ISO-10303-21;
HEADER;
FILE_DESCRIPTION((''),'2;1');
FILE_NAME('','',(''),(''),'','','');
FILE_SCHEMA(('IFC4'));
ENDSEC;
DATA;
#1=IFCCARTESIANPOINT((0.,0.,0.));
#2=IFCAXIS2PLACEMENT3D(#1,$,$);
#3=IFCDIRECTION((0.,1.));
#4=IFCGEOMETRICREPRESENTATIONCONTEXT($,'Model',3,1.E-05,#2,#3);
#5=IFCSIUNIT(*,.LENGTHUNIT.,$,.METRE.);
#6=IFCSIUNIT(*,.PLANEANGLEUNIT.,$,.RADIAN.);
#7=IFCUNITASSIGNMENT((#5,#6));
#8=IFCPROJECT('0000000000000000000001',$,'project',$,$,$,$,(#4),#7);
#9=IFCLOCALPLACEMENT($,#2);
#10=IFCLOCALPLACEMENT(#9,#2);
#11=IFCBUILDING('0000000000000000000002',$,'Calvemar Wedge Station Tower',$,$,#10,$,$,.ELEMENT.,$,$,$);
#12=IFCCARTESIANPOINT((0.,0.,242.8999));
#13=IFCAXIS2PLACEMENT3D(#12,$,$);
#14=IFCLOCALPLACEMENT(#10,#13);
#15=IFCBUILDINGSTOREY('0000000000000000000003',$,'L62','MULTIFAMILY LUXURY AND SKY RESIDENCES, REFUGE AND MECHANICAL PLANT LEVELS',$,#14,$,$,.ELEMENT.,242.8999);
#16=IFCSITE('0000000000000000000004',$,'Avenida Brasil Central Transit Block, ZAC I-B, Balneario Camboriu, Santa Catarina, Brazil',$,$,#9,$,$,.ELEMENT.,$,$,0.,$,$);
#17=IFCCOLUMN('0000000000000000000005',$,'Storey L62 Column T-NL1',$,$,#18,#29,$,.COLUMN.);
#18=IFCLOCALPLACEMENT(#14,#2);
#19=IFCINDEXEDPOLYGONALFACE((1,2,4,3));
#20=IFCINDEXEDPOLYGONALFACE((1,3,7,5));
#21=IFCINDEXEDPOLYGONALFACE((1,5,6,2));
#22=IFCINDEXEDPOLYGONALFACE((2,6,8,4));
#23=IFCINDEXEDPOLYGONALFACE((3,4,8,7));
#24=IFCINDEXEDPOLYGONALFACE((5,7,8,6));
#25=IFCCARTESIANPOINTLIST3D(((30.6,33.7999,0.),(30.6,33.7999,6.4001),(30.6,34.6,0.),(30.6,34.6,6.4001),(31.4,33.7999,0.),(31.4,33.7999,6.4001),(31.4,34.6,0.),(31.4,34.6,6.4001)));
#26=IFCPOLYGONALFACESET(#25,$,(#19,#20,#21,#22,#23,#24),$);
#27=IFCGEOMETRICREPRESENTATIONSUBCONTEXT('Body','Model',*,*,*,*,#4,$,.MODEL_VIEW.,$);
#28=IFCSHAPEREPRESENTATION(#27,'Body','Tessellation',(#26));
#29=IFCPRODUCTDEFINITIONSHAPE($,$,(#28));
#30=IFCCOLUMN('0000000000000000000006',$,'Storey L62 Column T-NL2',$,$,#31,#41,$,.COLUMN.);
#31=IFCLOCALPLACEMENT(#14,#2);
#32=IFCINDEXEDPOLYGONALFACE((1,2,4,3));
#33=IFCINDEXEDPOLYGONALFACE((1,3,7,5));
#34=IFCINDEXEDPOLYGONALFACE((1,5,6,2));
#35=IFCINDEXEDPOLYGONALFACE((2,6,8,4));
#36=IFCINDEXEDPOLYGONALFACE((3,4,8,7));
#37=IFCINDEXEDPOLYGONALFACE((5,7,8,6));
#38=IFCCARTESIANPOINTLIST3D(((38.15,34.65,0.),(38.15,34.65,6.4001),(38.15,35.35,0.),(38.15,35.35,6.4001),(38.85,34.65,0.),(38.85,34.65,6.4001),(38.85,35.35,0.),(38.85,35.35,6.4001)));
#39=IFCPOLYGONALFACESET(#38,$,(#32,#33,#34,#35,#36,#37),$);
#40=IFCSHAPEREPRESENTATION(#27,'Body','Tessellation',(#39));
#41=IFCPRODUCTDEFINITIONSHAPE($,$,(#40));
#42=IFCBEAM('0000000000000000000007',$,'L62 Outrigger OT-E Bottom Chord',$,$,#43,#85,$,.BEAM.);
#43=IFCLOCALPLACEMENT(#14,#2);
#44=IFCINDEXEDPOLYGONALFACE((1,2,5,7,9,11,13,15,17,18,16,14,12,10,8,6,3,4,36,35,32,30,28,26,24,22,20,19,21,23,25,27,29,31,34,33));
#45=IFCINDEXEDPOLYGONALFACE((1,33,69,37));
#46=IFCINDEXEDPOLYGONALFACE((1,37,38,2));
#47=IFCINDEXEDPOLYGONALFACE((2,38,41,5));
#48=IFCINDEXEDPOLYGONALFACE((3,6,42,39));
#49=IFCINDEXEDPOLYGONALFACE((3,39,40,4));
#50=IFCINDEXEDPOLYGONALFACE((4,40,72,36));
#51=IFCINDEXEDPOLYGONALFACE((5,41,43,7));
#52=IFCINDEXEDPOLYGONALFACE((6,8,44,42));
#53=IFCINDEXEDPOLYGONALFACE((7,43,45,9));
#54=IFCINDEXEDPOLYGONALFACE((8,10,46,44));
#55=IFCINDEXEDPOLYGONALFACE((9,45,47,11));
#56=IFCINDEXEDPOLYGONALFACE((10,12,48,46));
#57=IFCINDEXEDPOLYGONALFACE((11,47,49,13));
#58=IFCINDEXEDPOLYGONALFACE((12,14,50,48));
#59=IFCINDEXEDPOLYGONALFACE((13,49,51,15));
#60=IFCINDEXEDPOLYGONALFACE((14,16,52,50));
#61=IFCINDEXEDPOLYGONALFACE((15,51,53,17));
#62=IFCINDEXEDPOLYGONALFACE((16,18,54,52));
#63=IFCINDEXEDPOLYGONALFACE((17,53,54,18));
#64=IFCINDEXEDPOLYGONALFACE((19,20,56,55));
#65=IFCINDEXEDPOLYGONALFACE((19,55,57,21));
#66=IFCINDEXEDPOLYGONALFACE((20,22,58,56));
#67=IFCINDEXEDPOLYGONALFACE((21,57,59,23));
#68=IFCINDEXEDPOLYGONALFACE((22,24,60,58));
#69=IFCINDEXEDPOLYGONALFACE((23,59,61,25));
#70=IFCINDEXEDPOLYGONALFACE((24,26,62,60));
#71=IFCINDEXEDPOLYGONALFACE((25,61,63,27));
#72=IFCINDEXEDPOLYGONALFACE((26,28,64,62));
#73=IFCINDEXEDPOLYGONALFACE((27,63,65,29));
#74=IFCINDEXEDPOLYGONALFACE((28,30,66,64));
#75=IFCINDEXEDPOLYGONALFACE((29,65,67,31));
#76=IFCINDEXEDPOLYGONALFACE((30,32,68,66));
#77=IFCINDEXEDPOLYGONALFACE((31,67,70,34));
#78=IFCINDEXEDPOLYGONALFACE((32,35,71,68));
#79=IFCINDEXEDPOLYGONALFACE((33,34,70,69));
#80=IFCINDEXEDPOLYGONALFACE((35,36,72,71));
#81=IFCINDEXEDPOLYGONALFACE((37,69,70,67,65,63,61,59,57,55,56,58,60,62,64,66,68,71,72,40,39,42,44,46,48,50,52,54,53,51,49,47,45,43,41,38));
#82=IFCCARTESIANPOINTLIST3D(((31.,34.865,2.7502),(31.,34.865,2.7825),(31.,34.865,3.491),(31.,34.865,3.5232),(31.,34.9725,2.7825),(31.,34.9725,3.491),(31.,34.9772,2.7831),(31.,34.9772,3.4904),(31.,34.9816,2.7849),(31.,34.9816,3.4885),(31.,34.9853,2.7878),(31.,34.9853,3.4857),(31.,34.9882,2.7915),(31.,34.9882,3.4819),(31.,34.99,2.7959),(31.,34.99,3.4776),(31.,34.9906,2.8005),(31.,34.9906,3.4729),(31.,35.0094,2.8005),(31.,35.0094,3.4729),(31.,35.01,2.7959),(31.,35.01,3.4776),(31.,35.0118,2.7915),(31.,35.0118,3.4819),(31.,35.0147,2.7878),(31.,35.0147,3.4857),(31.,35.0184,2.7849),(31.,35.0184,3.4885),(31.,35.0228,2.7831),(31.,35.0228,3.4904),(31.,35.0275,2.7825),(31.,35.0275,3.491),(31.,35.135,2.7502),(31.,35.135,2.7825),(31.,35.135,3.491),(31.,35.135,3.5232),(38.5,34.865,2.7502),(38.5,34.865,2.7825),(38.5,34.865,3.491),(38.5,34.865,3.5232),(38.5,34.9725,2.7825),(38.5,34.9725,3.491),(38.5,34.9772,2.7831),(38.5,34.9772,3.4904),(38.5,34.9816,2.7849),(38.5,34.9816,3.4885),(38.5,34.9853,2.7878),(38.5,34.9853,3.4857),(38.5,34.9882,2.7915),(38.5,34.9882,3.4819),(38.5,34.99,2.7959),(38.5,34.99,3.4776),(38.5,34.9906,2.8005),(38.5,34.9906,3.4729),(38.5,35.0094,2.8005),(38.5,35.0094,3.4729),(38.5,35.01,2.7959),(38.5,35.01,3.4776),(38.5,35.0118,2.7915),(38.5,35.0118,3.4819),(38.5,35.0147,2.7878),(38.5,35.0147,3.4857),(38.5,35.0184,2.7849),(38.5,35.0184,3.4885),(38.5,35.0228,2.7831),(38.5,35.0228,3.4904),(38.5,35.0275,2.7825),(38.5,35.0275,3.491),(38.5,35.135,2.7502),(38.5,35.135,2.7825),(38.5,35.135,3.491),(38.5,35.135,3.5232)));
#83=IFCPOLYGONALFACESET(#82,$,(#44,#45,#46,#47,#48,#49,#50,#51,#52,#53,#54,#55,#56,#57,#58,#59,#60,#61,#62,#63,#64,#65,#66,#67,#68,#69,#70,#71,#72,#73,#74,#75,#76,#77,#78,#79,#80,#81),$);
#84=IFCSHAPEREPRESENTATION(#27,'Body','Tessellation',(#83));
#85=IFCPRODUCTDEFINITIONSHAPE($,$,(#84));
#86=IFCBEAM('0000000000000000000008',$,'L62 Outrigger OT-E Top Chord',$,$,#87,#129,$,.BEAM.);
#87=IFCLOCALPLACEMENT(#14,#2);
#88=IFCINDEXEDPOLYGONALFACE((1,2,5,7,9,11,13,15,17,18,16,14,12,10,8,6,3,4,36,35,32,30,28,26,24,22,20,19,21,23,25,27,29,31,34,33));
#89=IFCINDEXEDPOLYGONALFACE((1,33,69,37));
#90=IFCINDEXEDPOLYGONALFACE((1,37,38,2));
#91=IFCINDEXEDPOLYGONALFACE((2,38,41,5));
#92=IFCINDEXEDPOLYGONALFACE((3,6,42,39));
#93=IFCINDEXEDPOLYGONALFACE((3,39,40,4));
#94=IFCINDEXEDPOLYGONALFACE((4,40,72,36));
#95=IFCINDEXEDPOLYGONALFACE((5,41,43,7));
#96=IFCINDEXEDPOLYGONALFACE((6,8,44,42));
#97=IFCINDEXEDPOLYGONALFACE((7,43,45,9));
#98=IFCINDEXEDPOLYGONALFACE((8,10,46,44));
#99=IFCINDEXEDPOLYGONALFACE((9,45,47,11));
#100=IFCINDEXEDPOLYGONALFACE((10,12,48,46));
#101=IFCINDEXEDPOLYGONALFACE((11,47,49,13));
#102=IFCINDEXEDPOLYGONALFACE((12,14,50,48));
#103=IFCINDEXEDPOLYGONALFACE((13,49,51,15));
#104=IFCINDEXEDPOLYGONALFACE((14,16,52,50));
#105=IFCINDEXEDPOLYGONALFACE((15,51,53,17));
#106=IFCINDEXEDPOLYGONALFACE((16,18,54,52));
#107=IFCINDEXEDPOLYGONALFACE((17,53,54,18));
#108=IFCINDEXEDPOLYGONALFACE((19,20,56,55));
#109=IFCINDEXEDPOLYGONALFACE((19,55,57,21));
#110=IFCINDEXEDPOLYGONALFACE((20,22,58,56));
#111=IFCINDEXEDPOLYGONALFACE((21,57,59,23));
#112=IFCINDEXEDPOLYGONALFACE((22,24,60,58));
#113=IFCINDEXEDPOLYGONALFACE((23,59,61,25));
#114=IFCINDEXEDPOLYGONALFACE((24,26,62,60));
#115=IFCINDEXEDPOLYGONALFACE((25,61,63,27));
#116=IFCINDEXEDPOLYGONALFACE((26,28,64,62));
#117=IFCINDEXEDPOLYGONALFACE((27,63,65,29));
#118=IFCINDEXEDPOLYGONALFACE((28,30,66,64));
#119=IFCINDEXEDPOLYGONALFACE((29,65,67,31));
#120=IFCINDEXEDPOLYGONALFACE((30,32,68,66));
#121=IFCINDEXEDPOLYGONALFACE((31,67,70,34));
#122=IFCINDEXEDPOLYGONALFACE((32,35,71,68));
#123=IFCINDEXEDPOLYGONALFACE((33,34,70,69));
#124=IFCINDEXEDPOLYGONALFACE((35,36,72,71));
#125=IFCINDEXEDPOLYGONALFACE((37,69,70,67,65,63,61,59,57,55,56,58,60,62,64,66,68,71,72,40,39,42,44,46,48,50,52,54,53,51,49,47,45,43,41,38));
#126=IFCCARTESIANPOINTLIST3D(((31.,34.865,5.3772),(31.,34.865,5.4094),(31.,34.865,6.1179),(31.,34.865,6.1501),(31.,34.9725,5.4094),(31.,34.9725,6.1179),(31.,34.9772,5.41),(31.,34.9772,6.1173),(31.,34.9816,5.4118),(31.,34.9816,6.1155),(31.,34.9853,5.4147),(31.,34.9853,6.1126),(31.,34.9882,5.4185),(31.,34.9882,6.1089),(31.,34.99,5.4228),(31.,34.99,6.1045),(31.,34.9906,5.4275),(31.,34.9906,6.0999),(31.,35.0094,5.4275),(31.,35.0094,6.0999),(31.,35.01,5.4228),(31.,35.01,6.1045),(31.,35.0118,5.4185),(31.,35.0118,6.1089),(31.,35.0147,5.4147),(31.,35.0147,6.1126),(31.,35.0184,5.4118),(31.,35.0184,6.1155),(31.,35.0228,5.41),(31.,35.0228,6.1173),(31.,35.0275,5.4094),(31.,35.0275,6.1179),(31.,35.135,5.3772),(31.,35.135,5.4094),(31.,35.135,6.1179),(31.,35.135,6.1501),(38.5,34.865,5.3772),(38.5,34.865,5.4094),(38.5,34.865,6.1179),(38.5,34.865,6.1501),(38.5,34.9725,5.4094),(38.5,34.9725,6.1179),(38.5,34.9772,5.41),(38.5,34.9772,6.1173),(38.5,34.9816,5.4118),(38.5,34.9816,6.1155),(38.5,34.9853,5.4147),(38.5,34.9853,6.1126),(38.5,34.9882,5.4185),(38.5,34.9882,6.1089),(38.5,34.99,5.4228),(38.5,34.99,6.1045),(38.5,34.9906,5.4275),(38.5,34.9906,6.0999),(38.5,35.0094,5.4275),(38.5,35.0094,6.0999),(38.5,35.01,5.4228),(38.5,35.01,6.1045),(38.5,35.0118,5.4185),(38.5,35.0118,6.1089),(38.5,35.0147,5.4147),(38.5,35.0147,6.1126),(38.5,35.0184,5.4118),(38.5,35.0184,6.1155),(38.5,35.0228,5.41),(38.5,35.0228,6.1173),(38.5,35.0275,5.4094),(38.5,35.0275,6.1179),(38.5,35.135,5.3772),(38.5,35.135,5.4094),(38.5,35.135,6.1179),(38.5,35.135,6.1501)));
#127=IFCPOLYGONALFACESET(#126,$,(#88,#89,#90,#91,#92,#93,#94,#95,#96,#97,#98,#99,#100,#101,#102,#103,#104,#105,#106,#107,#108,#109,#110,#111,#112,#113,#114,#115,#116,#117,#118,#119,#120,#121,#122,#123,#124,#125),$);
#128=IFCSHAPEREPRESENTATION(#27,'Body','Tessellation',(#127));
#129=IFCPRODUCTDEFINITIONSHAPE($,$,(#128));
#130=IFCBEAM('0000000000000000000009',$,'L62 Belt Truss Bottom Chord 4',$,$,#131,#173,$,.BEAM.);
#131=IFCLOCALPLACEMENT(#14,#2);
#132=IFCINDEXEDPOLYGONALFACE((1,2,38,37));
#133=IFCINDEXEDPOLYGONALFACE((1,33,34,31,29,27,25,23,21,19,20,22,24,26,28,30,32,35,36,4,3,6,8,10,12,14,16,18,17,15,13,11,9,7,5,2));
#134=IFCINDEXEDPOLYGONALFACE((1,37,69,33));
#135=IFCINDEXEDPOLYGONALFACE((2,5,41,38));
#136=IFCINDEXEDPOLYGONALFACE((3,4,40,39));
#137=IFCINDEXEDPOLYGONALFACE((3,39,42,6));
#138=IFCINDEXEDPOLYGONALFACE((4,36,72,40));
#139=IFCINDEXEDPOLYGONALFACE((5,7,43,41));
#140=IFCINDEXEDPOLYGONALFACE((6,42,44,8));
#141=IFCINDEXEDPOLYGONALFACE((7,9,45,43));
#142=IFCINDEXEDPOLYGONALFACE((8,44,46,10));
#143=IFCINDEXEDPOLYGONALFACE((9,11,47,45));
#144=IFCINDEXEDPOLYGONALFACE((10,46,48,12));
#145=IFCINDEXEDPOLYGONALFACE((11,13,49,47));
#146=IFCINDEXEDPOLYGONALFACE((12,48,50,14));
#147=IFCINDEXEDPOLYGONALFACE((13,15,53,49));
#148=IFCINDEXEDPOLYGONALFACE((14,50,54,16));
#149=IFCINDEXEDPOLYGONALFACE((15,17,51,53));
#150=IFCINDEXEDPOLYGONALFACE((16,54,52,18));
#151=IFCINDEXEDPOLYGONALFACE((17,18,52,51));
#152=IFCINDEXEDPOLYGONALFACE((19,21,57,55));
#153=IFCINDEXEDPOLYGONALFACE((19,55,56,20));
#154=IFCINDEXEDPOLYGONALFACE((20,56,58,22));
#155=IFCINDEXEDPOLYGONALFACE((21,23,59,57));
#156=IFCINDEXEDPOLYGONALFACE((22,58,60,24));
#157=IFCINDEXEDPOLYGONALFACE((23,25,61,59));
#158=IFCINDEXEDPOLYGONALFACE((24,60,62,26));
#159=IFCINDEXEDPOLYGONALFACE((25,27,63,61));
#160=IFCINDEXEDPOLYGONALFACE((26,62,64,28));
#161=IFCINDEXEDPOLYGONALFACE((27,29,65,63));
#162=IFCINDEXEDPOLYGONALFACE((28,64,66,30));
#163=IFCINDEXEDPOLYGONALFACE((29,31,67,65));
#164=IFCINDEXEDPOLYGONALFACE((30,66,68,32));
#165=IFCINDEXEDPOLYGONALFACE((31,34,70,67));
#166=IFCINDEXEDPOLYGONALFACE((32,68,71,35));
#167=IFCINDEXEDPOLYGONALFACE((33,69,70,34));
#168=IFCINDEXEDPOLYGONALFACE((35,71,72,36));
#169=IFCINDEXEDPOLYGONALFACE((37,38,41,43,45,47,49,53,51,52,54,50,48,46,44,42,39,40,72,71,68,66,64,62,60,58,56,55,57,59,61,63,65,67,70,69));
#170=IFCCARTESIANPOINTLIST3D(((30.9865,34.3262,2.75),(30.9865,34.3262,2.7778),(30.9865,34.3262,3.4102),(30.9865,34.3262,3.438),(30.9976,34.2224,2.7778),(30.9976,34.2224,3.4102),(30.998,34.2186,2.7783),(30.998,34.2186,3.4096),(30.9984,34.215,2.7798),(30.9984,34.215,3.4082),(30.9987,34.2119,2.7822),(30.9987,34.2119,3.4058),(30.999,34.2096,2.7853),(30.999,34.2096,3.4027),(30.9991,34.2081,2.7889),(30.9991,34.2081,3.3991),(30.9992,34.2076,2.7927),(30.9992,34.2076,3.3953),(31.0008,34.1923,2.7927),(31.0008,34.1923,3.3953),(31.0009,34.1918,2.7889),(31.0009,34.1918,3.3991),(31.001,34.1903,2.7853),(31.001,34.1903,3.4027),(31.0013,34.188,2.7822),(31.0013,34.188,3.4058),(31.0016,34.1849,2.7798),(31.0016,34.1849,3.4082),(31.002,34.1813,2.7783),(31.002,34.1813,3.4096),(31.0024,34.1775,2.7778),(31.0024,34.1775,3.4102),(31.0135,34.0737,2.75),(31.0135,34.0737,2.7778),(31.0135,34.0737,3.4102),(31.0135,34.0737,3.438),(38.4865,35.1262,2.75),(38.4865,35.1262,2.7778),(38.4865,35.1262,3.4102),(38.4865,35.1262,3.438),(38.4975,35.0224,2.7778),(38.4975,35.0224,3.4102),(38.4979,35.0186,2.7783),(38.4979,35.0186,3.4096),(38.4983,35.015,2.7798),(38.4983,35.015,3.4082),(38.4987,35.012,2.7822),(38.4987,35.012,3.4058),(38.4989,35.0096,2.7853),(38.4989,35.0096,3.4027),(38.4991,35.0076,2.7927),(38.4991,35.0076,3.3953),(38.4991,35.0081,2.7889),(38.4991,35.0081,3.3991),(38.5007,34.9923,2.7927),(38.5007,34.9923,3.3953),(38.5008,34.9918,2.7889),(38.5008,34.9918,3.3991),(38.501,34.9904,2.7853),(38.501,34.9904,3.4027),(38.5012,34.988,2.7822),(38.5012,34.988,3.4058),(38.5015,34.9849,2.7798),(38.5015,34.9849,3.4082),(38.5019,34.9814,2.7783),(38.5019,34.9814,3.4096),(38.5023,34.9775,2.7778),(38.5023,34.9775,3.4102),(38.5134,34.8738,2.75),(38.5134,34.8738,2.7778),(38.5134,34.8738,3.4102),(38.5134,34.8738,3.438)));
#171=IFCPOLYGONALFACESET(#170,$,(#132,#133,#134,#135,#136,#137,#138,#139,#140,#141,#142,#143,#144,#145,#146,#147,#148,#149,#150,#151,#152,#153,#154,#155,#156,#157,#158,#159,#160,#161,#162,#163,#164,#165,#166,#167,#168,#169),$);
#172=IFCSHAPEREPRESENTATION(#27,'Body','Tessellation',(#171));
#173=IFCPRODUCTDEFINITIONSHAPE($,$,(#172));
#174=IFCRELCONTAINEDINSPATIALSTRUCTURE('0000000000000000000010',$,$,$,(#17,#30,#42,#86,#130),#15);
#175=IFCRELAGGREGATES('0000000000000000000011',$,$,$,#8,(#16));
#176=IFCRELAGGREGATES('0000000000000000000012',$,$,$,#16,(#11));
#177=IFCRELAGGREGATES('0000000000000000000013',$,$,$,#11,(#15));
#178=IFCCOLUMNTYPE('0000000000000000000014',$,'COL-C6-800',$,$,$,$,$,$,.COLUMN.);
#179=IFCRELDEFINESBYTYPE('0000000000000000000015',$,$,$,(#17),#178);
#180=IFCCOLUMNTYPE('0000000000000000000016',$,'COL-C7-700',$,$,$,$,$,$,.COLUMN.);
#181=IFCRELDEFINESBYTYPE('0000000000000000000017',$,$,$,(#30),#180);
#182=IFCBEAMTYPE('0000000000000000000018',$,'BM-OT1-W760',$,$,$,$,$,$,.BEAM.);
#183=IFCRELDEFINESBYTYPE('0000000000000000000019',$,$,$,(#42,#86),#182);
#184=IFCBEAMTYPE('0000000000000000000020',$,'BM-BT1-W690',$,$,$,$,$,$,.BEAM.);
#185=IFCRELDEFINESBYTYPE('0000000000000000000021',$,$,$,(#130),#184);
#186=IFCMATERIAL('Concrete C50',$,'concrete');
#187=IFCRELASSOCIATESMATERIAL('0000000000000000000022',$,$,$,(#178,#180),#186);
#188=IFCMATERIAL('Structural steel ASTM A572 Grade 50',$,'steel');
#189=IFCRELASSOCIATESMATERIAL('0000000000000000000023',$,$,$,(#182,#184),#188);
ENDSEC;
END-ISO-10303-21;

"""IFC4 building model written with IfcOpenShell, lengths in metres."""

from ifc_helpers import new_model, si_unit, direction, frame, origin, origin_2d, place, context, subcontext, project, spatial, rectangle, i_section, extrude, source, transform, mapped, material, material_profile, profile_set, type_object, element, save


model = new_model("IFC4")

# Units and contexts
model_context = context("Model", 3, precision=1e-05, world=origin(), true_north=direction((0.0, 1.0)))
body_context = subcontext(model_context, "Body", "Model", "MODEL_VIEW")
ifc_project = project(units=[si_unit("LENGTHUNIT", "METRE"), si_unit("PLANEANGLEUNIT", "RADIAN")], contexts=[model_context])

# Site, building, storey
site_placement = place(None, origin())
site = spatial("IfcSite", under=ifc_project, at=site_placement, Name="Avenida Brasil Central Transit Block, ZAC I-B, Balneario Camboriu, Santa Catarina, Brazil", CompositionType="ELEMENT", RefElevation=0.0)
building_placement = place(site_placement, origin())
building = spatial("IfcBuilding", under=site, at=building_placement, Name="Calvemar Wedge Station Tower", CompositionType="ELEMENT")
storey_placement = place(building_placement, frame((0.0, 0.0, 242.8999)))
storey = spatial("IfcBuildingStorey", under=building, at=storey_placement, Name="L62", Description="MULTIFAMILY LUXURY AND SKY RESIDENCES, REFUGE AND MECHANICAL PLANT LEVELS", CompositionType="ELEMENT", Elevation=242.8999)

# Columns
ifc_material_1 = material(Name="Concrete C50", Category="concrete")
ifc_material_profile_1 = material_profile(ifc_material_1, rectangle(XDim=0.8, YDim=0.8, at=origin_2d()), Name="RC800x800")
ifc_profile_set_1 = profile_set([ifc_material_profile_1], Name="Concrete C50")
column_type_1 = type_object("IfcColumnType", Name="COL-C6-800", PredefinedType="COLUMN", material=ifc_profile_set_1)
shared_shape_1 = source(origin(), body_context, "Body", "SweptSolid", [
    extrude(rectangle(XDim=0.8, YDim=0.8, at=origin_2d()), origin(), (0.0, 0.0, 1.0), 6.4001),
])
column_1_placement = place(storey_placement, frame((31.0, 34.2, 0.0), z_axis=(0.0, 0.0, 1.0), x_axis=(1.0, 0.0, 0.0)))
element("IfcColumn", 1, at=column_1_placement, inside=storey, type_object=column_type_1, Name="Storey L62 Column T-NL1", PredefinedType="COLUMN", context=body_context, shape_type="MappedRepresentation", body=[
    mapped(shared_shape_1, transform((0.0, 0.0, 0.0), scale=1.0)),
])
ifc_material_profile_2 = material_profile(ifc_material_1, rectangle(XDim=0.7, YDim=0.7, at=origin_2d()), Name="RC700x700")
ifc_profile_set_2 = profile_set([ifc_material_profile_2], Name="Concrete C50")
column_type_2 = type_object("IfcColumnType", Name="COL-C7-700", PredefinedType="COLUMN", material=ifc_profile_set_2)
shared_shape_2 = source(origin(), body_context, "Body", "SweptSolid", [
    extrude(rectangle(XDim=0.7, YDim=0.7, at=origin_2d()), origin(), (0.0, 0.0, 1.0), 6.4001),
])
column_2_placement = place(storey_placement, frame((38.5, 35.0, 0.0), z_axis=(0.0, 0.0, 1.0), x_axis=(1.0, 0.0, 0.0)))
element("IfcColumn", 2, at=column_2_placement, inside=storey, type_object=column_type_2, Name="Storey L62 Column T-NL2", PredefinedType="COLUMN", context=body_context, shape_type="MappedRepresentation", body=[
    mapped(shared_shape_2, transform((0.0, 0.0, 0.0), scale=1.0)),
])

# Beams
ifc_material_2 = material(Name="Structural steel ASTM A572 Grade 50", Category="steel")
ifc_material_profile_3 = material_profile(ifc_material_2, i_section(OverallWidth=0.27, OverallDepth=0.7729, WebThickness=0.0188, FlangeThickness=0.0322, FilletRadius=0.0181, at=origin_2d()), Name="W760x257")
ifc_profile_set_3 = profile_set([ifc_material_profile_3], Name="Structural steel ASTM A572 Grade 50")
beam_type_1 = type_object("IfcBeamType", Name="BM-OT1-W760", PredefinedType="BEAM", material=ifc_profile_set_3)
shared_shape_3 = source(origin(), body_context, "Body", "SweptSolid", [
    extrude(i_section(OverallWidth=0.27, OverallDepth=0.7729, WebThickness=0.0188, FlangeThickness=0.0322, FilletRadius=0.0181, at=origin_2d()), origin(), (0.0, 0.0, 1.0), 7.5),
])
for number, where, z_axis, x_axis, name in (
    (3, (31.0, 35.0, 3.1367), (1.0, 0.0, 0.0), (0.0, 1.0, 0.0), "L62 Outrigger OT-E Bottom Chord"),
    (4, (31.0, 35.0, 5.7637), (1.0, 0.0, 0.0), (0.0, 1.0, 0.0), "L62 Outrigger OT-E Top Chord"),
):
    element("IfcBeam", number, at=place(storey_placement, frame(where, z_axis=z_axis, x_axis=x_axis)), inside=storey, type_object=beam_type_1, Name=name, PredefinedType="BEAM", context=body_context, shape_type="MappedRepresentation", body=[
        mapped(shared_shape_3, transform((0.0, 0.0, 0.0), scale=1.0)),
    ])
ifc_material_profile_4 = material_profile(ifc_material_2, i_section(OverallWidth=0.2539, OverallDepth=0.688, WebThickness=0.0154, FlangeThickness=0.0278, FilletRadius=0.0149, at=origin_2d()), Name="W690x192")
ifc_profile_set_4 = profile_set([ifc_material_profile_4], Name="Structural steel ASTM A572 Grade 50")
beam_type_2 = type_object("IfcBeamType", Name="BM-BT1-W690", PredefinedType="BEAM", material=ifc_profile_set_4)
shared_shape_4 = source(origin(), body_context, "Body", "SweptSolid", [
    extrude(i_section(OverallWidth=0.2539, OverallDepth=0.688, WebThickness=0.0154, FlangeThickness=0.0278, FilletRadius=0.0149, at=origin_2d()), origin(), (0.0, 0.0, 1.0), 7.5425),
])
beam_placement = place(storey_placement, frame((31.0, 34.2, 3.094), z_axis=(0.994359, 0.106071, 0.0), x_axis=(-0.106071, 0.994359, 0.0)))
element("IfcBeam", 5, at=beam_placement, inside=storey, type_object=beam_type_2, Name="L62 Belt Truss Bottom Chord 4", PredefinedType="BEAM", context=body_context, shape_type="MappedRepresentation", body=[
    mapped(shared_shape_4, transform((0.0, 0.0, 0.0), scale=1.0)),
])

save(model, "model.ifc")
